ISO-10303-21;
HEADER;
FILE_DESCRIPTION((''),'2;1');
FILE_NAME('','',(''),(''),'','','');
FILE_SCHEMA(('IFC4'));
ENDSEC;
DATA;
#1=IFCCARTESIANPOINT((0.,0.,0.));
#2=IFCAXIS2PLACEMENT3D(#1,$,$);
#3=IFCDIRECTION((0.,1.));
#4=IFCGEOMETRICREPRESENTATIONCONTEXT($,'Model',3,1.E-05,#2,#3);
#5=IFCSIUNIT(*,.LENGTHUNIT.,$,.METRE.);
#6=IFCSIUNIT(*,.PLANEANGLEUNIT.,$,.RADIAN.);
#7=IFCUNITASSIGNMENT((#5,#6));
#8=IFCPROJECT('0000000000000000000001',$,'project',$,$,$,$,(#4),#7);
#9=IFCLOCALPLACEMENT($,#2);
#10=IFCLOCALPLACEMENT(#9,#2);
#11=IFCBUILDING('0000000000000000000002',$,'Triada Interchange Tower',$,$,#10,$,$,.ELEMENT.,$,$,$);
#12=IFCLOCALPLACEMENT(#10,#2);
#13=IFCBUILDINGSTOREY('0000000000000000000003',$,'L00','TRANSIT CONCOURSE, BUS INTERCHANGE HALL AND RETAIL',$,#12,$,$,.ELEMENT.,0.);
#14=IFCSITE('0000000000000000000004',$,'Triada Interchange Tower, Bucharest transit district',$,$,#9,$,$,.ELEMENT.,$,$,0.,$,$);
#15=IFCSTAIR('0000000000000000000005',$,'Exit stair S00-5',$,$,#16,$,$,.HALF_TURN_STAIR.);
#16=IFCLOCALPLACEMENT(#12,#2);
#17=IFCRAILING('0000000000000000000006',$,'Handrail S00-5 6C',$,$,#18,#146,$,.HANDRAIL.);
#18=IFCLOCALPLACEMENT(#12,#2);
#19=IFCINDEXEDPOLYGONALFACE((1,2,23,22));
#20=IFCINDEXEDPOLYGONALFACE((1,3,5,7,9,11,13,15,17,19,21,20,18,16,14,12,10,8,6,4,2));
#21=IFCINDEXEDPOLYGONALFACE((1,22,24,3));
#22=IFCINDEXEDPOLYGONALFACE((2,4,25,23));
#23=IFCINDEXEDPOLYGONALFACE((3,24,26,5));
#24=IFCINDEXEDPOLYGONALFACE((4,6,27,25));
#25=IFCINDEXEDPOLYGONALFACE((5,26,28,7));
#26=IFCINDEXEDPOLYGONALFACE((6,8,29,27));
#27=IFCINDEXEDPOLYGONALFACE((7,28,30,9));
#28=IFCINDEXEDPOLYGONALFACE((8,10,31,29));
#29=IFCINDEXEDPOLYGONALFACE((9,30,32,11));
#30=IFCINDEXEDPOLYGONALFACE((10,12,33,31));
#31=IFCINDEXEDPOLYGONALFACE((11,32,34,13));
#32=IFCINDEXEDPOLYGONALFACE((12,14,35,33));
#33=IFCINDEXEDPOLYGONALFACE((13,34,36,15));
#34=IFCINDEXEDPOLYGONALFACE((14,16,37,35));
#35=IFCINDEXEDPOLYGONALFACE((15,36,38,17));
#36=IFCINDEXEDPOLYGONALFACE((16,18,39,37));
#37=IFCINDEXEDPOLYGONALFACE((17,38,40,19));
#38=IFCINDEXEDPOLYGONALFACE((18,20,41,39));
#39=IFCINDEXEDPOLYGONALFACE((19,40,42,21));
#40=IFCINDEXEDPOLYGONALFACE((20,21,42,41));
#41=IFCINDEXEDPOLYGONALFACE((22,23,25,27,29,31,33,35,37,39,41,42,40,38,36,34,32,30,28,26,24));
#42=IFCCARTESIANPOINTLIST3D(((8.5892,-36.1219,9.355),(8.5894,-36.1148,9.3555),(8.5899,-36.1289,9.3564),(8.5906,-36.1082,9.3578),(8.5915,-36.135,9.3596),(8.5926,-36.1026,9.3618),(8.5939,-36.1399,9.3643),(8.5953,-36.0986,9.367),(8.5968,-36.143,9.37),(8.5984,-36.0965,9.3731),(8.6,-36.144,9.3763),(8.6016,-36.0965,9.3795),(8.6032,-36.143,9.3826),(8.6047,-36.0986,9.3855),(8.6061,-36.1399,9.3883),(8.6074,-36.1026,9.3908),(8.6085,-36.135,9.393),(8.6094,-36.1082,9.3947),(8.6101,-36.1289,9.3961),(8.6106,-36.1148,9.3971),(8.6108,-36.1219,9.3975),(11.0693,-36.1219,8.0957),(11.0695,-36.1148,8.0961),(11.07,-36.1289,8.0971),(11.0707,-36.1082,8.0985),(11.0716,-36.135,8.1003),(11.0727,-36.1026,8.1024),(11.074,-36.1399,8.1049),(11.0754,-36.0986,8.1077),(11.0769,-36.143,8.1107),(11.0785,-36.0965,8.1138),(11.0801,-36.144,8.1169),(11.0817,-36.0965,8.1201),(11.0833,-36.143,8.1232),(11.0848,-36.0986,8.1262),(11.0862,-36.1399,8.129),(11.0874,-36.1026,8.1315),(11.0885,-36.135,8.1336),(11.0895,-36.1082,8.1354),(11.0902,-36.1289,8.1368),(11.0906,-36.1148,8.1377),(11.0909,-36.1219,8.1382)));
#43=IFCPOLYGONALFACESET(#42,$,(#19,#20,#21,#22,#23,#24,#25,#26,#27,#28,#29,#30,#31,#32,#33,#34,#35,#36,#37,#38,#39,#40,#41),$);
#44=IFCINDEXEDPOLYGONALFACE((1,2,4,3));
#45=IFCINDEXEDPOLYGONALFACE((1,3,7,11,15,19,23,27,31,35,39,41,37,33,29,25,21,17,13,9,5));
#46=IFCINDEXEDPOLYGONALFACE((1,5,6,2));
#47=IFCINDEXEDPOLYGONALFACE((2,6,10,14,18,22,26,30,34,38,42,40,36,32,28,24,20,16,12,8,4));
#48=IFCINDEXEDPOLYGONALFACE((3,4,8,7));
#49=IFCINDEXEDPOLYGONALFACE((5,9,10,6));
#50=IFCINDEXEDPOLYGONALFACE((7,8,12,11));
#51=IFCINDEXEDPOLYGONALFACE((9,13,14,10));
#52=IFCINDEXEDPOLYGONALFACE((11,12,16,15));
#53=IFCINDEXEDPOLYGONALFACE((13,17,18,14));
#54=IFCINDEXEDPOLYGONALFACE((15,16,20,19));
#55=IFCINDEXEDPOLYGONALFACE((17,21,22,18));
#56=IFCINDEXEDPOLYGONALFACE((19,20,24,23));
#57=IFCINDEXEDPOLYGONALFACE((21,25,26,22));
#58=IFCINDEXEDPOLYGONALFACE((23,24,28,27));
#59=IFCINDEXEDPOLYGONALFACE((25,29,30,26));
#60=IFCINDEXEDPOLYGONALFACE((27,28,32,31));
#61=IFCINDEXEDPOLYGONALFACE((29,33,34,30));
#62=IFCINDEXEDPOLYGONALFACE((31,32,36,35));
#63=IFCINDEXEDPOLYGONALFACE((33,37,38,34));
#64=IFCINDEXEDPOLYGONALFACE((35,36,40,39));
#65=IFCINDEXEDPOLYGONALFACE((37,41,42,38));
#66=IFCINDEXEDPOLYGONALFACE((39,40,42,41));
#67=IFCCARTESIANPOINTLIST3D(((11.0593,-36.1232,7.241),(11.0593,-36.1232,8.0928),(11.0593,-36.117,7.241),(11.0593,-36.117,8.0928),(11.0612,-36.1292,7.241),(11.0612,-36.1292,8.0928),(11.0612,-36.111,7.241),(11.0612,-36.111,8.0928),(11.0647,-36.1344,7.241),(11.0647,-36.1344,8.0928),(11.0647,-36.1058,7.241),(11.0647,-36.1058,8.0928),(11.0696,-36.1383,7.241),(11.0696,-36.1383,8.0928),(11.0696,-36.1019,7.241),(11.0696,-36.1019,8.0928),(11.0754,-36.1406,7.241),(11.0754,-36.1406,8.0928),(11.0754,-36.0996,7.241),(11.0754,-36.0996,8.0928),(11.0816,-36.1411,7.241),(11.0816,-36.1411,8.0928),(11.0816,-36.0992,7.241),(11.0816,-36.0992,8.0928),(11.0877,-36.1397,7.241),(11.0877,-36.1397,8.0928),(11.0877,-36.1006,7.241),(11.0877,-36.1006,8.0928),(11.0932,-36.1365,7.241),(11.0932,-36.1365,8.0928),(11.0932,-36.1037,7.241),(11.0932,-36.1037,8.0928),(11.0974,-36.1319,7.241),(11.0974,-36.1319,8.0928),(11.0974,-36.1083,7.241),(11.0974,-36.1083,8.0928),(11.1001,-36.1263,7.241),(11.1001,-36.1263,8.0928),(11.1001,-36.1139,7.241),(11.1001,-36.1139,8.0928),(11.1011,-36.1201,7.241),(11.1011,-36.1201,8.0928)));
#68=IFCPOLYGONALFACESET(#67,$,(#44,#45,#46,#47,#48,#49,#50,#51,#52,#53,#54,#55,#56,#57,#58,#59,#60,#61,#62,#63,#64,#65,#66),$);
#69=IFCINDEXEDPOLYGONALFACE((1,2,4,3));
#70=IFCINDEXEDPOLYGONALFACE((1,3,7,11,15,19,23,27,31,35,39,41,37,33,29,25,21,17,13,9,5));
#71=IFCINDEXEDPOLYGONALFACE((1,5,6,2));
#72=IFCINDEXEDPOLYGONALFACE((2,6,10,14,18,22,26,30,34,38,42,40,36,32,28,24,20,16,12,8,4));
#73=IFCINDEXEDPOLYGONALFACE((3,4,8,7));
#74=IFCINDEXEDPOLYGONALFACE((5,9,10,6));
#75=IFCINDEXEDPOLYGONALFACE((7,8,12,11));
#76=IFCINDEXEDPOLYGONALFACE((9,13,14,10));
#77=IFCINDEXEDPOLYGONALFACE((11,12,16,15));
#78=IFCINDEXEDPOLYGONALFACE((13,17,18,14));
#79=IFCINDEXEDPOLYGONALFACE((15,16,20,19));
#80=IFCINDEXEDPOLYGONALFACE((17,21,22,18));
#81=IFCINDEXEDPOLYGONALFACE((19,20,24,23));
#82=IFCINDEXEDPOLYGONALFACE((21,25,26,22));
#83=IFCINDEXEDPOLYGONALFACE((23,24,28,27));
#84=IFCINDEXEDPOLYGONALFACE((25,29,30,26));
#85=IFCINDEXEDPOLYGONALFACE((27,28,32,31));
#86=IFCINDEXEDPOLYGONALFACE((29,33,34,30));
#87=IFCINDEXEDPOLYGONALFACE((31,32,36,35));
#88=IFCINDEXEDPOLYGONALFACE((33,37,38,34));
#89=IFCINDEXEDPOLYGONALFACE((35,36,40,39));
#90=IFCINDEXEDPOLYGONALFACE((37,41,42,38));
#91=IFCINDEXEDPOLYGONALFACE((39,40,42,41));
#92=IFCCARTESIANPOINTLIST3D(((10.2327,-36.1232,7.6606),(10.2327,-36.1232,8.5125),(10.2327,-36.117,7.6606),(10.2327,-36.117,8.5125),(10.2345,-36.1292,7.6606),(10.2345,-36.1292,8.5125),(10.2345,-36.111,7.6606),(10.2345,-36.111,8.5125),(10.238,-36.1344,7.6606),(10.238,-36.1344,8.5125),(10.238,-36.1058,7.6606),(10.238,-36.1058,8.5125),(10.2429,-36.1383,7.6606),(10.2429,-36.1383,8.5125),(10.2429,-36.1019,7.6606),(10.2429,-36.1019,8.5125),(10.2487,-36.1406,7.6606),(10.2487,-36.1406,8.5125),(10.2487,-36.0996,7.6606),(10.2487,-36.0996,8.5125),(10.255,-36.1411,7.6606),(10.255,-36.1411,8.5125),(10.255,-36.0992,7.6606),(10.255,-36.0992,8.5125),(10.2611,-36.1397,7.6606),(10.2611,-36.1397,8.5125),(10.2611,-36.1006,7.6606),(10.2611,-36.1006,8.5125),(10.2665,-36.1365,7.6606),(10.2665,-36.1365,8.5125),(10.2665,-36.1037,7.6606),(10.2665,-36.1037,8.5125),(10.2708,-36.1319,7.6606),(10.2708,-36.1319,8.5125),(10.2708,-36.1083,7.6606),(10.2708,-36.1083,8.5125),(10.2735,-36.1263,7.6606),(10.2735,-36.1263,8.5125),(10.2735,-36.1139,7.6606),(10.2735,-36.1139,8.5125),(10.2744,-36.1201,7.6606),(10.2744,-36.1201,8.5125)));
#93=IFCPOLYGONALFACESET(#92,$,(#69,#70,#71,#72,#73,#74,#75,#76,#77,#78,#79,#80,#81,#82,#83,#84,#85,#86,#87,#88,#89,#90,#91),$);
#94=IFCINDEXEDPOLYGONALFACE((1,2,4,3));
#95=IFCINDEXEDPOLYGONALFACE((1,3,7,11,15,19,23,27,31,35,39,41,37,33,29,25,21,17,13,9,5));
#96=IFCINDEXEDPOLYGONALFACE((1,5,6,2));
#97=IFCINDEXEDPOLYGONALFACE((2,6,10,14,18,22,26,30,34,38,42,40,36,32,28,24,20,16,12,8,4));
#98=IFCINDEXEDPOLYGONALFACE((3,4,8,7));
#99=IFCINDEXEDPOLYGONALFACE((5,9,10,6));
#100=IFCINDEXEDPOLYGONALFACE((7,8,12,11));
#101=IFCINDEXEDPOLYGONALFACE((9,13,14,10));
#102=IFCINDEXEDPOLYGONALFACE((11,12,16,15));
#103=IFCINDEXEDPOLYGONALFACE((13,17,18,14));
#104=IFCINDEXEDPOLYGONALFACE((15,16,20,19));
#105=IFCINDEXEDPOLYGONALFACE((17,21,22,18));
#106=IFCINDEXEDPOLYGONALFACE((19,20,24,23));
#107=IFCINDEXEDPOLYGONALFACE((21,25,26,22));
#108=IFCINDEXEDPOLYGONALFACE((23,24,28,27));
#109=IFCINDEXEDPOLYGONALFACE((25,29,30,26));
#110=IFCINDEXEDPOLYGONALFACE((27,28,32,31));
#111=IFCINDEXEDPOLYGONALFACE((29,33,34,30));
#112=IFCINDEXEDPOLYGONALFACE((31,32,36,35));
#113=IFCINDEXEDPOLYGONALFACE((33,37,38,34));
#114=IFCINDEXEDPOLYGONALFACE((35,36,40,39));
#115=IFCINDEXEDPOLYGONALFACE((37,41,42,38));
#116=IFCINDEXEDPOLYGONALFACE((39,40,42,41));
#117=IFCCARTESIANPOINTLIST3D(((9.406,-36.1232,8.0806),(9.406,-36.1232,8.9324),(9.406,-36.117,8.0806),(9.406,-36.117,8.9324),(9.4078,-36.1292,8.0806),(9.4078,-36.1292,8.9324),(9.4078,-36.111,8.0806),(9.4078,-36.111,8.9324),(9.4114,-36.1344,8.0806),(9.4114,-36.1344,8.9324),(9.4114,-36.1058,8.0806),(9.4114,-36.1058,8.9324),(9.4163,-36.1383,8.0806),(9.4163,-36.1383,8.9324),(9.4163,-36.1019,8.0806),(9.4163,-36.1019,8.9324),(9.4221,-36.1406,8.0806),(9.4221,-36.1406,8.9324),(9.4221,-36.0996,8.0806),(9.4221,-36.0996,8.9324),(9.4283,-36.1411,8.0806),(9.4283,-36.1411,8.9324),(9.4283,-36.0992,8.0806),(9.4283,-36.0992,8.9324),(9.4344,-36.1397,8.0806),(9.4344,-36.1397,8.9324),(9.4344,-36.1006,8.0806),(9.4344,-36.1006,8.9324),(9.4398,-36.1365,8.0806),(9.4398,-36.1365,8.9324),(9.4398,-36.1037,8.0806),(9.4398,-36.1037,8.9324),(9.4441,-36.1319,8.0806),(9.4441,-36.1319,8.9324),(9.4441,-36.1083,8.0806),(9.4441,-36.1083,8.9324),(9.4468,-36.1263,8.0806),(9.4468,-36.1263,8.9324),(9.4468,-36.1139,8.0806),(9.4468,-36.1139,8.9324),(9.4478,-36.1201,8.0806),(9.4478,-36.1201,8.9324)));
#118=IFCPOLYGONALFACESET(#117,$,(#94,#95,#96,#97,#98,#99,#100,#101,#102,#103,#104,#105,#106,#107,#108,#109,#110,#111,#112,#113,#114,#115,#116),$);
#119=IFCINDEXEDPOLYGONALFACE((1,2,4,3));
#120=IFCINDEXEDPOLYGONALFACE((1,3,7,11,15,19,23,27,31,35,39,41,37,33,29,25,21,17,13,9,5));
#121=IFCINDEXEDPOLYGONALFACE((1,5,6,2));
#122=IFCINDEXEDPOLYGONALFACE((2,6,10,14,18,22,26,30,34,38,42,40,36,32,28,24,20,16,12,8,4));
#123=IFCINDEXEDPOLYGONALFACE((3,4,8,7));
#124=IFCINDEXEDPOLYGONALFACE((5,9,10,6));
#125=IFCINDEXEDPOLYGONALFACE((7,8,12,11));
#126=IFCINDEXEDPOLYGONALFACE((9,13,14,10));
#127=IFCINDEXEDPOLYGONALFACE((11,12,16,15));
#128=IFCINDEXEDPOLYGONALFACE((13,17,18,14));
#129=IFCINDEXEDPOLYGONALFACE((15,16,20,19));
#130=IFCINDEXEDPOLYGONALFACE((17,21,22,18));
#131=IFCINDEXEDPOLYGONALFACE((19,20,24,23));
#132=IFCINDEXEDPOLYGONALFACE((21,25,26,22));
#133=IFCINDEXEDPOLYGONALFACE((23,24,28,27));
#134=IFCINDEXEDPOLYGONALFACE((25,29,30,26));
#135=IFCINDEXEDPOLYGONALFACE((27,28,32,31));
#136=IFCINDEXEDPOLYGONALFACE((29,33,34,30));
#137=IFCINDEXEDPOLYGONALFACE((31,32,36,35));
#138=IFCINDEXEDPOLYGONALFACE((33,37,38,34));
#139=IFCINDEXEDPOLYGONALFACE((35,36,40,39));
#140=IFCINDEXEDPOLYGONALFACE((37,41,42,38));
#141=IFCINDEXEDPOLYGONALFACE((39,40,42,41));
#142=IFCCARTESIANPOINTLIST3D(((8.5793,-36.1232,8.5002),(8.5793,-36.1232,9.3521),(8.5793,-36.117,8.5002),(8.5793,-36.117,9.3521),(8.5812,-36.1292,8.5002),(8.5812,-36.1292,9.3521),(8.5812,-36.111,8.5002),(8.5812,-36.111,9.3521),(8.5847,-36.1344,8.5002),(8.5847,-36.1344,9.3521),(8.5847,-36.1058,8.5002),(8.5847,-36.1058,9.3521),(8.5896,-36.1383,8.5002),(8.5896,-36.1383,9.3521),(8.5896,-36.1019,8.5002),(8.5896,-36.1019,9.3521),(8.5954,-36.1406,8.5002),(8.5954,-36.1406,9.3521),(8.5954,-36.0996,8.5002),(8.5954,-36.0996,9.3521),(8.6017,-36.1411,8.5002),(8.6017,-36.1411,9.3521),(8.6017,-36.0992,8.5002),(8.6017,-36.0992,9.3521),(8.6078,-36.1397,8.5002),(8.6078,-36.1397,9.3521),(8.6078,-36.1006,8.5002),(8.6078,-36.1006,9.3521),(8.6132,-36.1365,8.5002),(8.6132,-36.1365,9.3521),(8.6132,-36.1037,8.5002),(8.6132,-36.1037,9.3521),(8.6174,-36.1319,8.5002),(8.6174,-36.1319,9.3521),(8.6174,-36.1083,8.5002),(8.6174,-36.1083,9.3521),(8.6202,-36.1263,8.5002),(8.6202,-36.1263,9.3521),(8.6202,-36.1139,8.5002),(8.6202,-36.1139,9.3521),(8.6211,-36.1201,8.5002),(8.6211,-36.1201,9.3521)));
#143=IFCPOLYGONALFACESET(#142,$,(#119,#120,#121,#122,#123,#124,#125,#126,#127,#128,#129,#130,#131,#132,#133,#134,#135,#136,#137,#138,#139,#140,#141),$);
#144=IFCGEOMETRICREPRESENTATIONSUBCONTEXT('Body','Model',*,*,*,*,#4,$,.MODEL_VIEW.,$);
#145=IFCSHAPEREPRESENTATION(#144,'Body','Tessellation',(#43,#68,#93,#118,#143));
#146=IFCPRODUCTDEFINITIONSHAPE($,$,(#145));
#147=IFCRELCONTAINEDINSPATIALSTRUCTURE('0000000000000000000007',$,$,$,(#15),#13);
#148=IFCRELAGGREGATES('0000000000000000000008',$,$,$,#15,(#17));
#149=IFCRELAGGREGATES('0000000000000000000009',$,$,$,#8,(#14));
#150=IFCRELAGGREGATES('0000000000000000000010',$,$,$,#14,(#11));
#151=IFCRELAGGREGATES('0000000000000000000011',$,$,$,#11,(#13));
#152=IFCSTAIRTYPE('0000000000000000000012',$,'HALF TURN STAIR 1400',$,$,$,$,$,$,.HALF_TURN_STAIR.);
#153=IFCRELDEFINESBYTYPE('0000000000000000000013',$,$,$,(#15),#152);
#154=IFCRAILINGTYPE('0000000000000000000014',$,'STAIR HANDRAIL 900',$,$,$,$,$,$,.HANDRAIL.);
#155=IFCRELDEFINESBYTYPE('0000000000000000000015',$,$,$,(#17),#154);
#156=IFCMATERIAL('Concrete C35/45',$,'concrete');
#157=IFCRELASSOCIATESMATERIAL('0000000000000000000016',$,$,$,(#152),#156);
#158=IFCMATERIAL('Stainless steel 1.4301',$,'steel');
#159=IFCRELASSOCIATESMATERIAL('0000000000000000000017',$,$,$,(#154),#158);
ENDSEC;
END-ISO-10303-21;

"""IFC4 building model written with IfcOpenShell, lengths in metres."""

from ifc_helpers import new_model, si_unit, direction, frame, origin, origin_2d, place, context, subcontext, project, spatial, circle, extrude, material, type_object, element, aggregate, save


model = new_model("IFC4")

# Units and contexts
model_context = context("Model", 3, precision=1e-05, world=origin(), true_north=direction((0.0, 1.0)))
body_context = subcontext(model_context, "Body", "Model", "MODEL_VIEW")
ifc_project = project(units=[si_unit("LENGTHUNIT", "METRE"), si_unit("PLANEANGLEUNIT", "RADIAN")], contexts=[model_context])

# Site, building, storey
site_placement = place(None, origin())
site = spatial("IfcSite", under=ifc_project, at=site_placement, Name="Triada Interchange Tower, Bucharest transit district", CompositionType="ELEMENT", RefElevation=0.0)
building_placement = place(site_placement, origin())
building = spatial("IfcBuilding", under=site, at=building_placement, Name="Triada Interchange Tower", CompositionType="ELEMENT")
storey_placement = place(building_placement, origin())
storey = spatial("IfcBuildingStorey", under=building, at=storey_placement, Name="L00", Description="TRANSIT CONCOURSE, BUS INTERCHANGE HALL AND RETAIL", CompositionType="ELEMENT", Elevation=0.0)

# Shared definitions
ifc_material_1 = material(Name="Concrete C35/45", Category="concrete")

# Stair, railing
stair_type = type_object("IfcStairType", Name="HALF TURN STAIR 1400", PredefinedType="HALF_TURN_STAIR", material=ifc_material_1)
stair_1_placement = place(storey_placement, origin())
stair_1 = element("IfcStair", 1, at=stair_1_placement, inside=storey, type_object=stair_type, Name="Exit stair S00-5", PredefinedType="HALF_TURN_STAIR")
ifc_material_2 = material(Name="Stainless steel 1.4301", Category="steel")
railing_type_1 = type_object("IfcRailingType", Name="STAIR HANDRAIL 900", PredefinedType="HANDRAIL", material=ifc_material_2)
railing_1_placement = place(storey_placement, frame((11.0801, -36.1201, 7.241)))
railing_1 = element("IfcRailing", 2, at=railing_1_placement, type_object=railing_type_1, Name="Handrail S00-5 6C", PredefinedType="HANDRAIL", context=body_context, shape_type="SweptSolid", body=[
    extrude(circle(Radius=0.0239, at=origin_2d()), frame((0.0, 0.0, 0.876), z_axis=(-0.891636, 0.0, 0.452752), x_axis=(0.0, -1.0, 0.0)), (0.0, 0.0, 1.0), 2.7815),
    extrude(circle(Radius=0.021, at=origin_2d()), origin(), (0.0, 0.0, 1.0), 0.8518),
    extrude(circle(Radius=0.021, at=origin_2d()), frame((-0.8267, 0.0, 0.4197)), (0.0, 0.0, 1.0), 0.8518),
    extrude(circle(Radius=0.021, at=origin_2d()), frame((-1.6533, 0.0, 0.8396)), (0.0, 0.0, 1.0), 0.8518),
    extrude(circle(Radius=0.021, at=origin_2d()), frame((-2.48, 0.0, 1.2593)), (0.0, 0.0, 1.0), 0.8518),
])
aggregate(stair_1, [railing_1])

save(model, "model.ifc")
